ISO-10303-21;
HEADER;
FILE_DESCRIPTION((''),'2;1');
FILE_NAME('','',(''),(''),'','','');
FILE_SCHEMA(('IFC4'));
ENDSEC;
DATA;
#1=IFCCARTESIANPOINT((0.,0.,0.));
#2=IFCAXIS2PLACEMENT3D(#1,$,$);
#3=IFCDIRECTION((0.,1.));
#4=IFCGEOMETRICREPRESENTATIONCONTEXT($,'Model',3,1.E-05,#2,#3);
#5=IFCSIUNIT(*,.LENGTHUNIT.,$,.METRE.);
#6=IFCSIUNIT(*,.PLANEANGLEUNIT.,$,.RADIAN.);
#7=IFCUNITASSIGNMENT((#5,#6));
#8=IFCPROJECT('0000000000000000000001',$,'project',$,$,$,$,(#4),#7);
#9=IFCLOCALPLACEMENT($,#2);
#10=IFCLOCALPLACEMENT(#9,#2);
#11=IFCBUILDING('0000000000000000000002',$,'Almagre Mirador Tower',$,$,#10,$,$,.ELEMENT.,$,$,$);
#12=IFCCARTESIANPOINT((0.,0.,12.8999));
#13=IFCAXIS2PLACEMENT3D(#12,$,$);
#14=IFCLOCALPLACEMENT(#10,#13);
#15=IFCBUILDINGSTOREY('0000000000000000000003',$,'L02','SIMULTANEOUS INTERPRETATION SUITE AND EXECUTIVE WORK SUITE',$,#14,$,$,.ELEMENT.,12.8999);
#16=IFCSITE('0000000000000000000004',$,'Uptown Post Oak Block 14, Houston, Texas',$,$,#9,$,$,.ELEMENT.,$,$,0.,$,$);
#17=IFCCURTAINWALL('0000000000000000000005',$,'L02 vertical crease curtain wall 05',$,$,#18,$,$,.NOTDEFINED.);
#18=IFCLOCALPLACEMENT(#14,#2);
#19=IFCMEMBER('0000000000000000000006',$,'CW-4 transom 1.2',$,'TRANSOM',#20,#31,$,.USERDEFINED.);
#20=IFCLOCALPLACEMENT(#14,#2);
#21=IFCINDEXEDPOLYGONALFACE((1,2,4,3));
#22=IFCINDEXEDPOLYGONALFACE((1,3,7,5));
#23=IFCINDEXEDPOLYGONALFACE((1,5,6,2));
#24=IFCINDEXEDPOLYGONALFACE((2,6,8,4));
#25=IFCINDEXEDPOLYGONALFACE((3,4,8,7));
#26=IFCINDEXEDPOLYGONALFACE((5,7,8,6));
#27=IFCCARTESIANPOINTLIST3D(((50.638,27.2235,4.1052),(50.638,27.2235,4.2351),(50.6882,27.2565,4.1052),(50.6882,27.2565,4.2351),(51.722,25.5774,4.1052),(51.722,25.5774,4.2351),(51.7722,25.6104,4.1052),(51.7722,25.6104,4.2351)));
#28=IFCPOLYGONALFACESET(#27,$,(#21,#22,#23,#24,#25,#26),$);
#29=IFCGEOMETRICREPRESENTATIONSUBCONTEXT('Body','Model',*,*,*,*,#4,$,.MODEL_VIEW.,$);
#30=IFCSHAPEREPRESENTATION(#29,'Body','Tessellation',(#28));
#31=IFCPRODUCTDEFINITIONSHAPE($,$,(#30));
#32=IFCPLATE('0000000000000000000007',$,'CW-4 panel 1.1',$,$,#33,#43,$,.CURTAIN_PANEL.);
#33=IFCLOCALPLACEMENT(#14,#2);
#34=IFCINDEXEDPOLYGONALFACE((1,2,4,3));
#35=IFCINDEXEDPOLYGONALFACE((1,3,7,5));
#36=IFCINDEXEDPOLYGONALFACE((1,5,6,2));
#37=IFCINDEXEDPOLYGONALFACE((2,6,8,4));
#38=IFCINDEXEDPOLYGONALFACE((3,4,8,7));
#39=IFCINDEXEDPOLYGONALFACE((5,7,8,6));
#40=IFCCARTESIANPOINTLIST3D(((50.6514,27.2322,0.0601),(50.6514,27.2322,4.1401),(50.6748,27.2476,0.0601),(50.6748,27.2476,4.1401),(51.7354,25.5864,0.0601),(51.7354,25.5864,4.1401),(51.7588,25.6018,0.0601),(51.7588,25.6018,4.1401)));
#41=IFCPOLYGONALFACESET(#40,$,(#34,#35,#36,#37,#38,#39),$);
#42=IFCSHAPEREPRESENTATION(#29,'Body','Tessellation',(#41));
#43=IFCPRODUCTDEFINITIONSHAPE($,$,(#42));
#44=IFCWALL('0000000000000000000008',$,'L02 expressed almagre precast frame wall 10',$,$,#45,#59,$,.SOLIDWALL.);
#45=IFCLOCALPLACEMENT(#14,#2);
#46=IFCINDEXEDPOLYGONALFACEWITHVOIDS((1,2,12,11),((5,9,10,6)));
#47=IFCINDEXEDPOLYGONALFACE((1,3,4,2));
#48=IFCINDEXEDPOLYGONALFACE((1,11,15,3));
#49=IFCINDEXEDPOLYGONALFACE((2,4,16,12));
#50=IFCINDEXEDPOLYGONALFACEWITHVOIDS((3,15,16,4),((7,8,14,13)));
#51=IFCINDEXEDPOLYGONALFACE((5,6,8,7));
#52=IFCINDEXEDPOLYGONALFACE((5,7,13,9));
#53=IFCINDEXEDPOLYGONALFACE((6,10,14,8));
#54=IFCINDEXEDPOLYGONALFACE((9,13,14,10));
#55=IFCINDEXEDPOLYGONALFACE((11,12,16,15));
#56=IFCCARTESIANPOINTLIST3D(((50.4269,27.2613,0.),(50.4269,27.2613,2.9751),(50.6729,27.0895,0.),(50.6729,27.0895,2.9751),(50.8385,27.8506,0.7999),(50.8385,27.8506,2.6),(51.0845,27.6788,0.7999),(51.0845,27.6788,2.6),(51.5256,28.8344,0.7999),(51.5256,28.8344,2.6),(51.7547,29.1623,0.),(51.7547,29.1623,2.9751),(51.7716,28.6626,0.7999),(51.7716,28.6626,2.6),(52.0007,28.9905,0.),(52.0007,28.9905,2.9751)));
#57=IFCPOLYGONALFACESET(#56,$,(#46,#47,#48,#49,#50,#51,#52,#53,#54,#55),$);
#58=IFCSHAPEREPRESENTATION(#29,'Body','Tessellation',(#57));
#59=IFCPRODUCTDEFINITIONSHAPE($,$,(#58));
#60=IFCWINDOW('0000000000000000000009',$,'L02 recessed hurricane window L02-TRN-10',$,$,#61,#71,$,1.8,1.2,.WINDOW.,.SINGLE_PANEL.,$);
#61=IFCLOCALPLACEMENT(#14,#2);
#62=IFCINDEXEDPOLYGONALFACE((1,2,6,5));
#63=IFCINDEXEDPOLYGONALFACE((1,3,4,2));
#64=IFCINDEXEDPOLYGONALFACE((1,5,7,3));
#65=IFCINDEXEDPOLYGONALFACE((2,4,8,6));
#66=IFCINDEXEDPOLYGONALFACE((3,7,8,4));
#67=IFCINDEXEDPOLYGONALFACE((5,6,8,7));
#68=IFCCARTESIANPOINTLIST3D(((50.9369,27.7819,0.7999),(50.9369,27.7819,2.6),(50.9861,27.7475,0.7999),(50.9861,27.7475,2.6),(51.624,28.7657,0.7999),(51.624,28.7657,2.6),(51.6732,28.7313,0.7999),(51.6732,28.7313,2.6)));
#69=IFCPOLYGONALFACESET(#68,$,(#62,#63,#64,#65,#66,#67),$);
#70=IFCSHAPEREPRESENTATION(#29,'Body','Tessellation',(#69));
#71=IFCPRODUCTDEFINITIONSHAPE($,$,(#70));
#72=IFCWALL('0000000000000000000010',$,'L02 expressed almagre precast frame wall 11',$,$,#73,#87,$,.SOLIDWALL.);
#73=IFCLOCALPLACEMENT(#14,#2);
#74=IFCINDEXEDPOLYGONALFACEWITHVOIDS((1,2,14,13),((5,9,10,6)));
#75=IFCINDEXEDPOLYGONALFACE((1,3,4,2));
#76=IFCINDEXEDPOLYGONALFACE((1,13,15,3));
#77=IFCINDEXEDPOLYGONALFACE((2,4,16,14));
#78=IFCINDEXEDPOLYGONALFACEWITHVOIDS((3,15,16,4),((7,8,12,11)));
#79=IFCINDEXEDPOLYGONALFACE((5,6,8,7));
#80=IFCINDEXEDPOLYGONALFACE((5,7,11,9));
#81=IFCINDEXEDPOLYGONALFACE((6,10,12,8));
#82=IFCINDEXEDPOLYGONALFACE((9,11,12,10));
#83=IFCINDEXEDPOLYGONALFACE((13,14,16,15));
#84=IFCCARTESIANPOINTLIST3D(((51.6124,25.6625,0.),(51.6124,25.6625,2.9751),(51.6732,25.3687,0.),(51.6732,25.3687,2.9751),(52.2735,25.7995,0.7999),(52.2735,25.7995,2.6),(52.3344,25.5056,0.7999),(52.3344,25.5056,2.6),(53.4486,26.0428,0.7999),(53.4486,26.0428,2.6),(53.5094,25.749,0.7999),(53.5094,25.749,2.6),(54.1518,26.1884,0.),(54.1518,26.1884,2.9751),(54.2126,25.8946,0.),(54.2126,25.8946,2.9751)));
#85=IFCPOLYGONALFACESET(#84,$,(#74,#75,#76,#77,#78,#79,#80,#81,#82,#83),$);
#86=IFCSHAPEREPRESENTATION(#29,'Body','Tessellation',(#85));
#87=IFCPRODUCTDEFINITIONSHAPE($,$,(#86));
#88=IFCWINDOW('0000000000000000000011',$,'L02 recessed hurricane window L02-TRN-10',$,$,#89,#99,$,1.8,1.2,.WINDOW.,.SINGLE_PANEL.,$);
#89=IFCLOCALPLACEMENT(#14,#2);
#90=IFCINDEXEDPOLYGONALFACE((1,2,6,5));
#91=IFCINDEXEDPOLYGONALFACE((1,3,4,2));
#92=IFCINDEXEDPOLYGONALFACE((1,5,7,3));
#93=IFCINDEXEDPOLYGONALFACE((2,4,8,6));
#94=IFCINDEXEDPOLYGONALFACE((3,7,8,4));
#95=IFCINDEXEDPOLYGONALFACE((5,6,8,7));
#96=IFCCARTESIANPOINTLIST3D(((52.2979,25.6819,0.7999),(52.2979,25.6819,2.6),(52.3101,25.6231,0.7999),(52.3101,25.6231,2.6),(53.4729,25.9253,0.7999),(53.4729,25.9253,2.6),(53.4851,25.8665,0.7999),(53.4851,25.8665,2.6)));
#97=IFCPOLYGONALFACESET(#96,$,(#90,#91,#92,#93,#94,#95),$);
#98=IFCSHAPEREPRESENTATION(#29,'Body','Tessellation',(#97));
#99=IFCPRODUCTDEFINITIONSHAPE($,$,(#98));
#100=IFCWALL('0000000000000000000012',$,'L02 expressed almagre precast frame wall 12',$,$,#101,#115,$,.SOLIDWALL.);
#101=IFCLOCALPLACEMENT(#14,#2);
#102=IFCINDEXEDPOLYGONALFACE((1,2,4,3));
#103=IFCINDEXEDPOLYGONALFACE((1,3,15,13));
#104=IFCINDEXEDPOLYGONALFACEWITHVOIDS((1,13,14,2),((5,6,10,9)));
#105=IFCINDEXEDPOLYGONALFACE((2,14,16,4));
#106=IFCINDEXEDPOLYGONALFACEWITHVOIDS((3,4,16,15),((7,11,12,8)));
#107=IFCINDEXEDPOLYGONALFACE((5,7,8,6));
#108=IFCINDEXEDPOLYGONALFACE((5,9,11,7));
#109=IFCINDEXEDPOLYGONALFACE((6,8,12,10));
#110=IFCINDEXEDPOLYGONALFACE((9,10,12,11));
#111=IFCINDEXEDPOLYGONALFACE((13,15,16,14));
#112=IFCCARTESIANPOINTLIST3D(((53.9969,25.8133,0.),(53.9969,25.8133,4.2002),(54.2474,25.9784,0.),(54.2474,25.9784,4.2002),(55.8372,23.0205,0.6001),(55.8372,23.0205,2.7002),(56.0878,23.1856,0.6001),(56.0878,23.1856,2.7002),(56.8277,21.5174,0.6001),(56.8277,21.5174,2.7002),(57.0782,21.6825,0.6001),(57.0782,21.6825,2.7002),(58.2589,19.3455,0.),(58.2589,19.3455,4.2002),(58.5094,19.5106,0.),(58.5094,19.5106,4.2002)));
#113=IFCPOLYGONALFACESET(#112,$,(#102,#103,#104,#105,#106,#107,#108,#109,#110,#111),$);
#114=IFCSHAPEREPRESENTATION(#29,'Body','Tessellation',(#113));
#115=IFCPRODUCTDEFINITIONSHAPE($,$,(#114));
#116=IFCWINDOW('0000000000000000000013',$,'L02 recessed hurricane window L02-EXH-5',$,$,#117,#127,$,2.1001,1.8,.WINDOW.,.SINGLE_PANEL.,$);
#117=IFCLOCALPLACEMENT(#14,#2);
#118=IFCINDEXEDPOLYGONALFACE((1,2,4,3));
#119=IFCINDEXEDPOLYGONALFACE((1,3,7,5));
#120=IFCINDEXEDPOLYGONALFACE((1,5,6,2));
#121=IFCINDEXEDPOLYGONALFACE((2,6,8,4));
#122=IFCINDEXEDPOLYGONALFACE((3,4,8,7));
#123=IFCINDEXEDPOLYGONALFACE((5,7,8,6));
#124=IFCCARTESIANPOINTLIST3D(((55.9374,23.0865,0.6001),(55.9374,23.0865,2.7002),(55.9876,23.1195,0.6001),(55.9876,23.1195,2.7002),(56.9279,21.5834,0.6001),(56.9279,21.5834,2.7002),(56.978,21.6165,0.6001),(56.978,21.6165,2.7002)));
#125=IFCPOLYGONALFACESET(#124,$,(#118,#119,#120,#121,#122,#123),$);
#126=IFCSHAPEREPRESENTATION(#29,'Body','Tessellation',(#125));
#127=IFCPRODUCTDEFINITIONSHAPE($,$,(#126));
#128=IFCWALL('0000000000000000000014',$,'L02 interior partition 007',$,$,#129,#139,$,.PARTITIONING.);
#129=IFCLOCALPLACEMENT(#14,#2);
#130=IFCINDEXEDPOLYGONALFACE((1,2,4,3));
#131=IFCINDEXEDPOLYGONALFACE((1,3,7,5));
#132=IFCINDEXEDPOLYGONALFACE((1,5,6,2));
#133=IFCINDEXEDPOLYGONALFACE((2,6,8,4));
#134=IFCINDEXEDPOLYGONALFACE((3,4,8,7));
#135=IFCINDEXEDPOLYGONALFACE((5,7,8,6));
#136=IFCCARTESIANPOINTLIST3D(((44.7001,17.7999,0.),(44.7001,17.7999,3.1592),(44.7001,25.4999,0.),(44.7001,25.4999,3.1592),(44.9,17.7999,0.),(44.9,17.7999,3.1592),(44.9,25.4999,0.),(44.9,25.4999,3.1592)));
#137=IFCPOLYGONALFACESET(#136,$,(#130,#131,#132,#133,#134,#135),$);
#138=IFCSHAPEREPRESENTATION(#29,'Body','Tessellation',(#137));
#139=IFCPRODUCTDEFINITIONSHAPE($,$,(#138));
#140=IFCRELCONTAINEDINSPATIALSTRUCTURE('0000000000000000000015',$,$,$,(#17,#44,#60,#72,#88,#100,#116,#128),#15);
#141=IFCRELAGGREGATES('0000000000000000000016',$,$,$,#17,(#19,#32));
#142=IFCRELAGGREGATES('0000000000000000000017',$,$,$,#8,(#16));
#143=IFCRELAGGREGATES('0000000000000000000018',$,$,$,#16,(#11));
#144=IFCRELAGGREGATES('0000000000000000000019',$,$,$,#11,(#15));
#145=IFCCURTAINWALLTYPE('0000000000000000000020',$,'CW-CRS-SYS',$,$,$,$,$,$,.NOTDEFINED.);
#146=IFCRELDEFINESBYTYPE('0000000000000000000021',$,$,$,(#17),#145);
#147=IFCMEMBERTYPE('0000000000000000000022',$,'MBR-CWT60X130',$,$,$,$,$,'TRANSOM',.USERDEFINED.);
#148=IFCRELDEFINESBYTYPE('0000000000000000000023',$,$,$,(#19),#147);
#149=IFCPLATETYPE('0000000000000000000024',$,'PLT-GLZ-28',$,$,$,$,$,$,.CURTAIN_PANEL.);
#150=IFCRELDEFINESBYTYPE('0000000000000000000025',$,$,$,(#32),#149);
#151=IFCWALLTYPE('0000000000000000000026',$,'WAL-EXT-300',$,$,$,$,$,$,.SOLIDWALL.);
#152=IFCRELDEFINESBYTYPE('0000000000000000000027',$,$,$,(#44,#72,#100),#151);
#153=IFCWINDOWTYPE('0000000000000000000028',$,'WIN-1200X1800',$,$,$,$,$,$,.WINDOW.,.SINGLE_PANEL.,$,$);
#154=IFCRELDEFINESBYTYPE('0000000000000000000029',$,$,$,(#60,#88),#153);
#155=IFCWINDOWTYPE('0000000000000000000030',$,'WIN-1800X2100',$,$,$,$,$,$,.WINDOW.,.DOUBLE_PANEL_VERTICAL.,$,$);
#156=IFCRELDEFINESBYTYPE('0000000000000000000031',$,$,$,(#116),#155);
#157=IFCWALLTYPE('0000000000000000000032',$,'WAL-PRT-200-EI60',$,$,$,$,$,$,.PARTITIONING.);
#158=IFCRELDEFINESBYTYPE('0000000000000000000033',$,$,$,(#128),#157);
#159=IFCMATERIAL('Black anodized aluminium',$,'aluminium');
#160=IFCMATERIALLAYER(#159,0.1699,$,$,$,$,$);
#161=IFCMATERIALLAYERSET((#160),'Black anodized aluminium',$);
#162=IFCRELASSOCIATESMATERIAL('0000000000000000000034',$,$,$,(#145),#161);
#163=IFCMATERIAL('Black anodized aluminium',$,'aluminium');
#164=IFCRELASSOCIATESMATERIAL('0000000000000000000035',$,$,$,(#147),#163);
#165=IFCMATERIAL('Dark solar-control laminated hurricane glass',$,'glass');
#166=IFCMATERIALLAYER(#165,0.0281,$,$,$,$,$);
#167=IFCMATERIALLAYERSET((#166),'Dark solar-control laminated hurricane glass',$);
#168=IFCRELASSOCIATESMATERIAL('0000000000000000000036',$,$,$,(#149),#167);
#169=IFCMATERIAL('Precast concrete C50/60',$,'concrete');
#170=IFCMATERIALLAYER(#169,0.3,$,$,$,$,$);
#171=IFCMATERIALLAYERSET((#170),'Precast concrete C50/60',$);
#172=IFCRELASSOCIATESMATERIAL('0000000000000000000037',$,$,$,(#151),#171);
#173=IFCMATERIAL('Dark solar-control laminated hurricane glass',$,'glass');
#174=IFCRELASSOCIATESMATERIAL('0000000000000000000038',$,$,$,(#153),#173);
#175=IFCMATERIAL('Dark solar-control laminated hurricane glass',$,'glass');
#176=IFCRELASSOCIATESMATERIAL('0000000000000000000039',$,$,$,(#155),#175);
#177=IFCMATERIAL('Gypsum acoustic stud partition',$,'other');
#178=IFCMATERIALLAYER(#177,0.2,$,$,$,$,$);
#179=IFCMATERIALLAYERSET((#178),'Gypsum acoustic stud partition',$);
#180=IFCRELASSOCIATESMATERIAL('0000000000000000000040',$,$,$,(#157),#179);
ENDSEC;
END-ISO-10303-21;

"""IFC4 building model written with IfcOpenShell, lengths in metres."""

from ifc_helpers import new_model, si_unit, direction, frame, frame_2d, origin, origin_2d, place, context, subcontext, project, spatial, rectangle, extrude, material, layer, layer_set, material_profile, profile_set, type_object, element, fill, aggregate, save


model = new_model("IFC4")

# Units and contexts
model_context = context("Model", 3, precision=1e-05, world=origin(), true_north=direction((0.0, 1.0)))
body_context = subcontext(model_context, "Body", "Model", "MODEL_VIEW")
ifc_project = project(units=[si_unit("LENGTHUNIT", "METRE"), si_unit("PLANEANGLEUNIT", "RADIAN")], contexts=[model_context])

# Site, building, storey
site_placement = place(None, origin())
site = spatial("IfcSite", under=ifc_project, at=site_placement, Name="Uptown Post Oak Block 14, Houston, Texas", CompositionType="ELEMENT", RefElevation=0.0)
building_placement = place(site_placement, origin())
building = spatial("IfcBuilding", under=site, at=building_placement, Name="Almagre Mirador Tower", CompositionType="ELEMENT")
storey_placement = place(building_placement, frame((0.0, 0.0, 12.8999)))
storey = spatial("IfcBuildingStorey", under=building, at=storey_placement, Name="L02", Description="SIMULTANEOUS INTERPRETATION SUITE AND EXECUTIVE WORK SUITE", CompositionType="ELEMENT", Elevation=12.8999)

# Curtain wall, member, plate
ifc_material_1 = material(Name="Black anodized aluminium", Category="aluminium")
ifc_layer_1 = layer(ifc_material_1, 0.1699)
ifc_layer_set_1 = layer_set([ifc_layer_1], Name="Black anodized aluminium")
curtain_wall_type = type_object("IfcCurtainWallType", Name="CW-CRS-SYS", PredefinedType="NOTDEFINED", material=ifc_layer_set_1)
curtain_wall_placement = place(storey_placement, origin())
curtain_wall = element("IfcCurtainWall", 1, at=curtain_wall_placement, inside=storey, type_object=curtain_wall_type, Name="L02 vertical crease curtain wall 05", PredefinedType="NOTDEFINED")
ifc_material_2 = material(Name="Black anodized aluminium", Category="aluminium")
ifc_material_profile_1 = material_profile(ifc_material_2, rectangle(XDim=0.0601, YDim=0.1299, at=origin_2d()), Name="CWT60X130")
ifc_profile_set_1 = profile_set([ifc_material_profile_1], Name="Black anodized aluminium")
member_type_1 = type_object("IfcMemberType", Name="MBR-CWT60X130", ElementType="TRANSOM", PredefinedType="USERDEFINED", material=ifc_profile_set_1)
member_1_placement = place(storey_placement, frame((50.6631, 27.24, 4.1702), z_axis=(0.550003, -0.835163, 0.0), x_axis=(0.835163, 0.550003, 0.0)))
member_1 = element("IfcMember", 2, at=member_1_placement, type_object=member_type_1, Name="CW-4 transom 1.2", ObjectType="TRANSOM", PredefinedType="USERDEFINED", context=body_context, shape_type="SweptSolid", body=[
    extrude(rectangle(XDim=0.0601, YDim=0.1299, at=origin_2d()), origin(), (0.0, 0.0, 1.0), 1.9709),
])
ifc_material_3 = material(Name="Dark solar-control laminated hurricane glass", Category="glass")
ifc_layer_2 = layer(ifc_material_3, 0.0281)
ifc_layer_set_2 = layer_set([ifc_layer_2], Name="Dark solar-control laminated hurricane glass")
plate_type = type_object("IfcPlateType", Name="PLT-GLZ-28", PredefinedType="CURTAIN_PANEL", material=ifc_layer_set_2)
plate_placement = place(storey_placement, frame((51.2051, 26.417, 0.0601), z_axis=(0.0, 0.0, 1.0), x_axis=(0.550056, -0.835128, 0.0)))
plate = element("IfcPlate", 3, at=plate_placement, type_object=plate_type, Name="CW-4 panel 1.1", PredefinedType="CURTAIN_PANEL", context=body_context, shape_type="SweptSolid", body=[
    extrude(rectangle(XDim=1.9707, YDim=0.0281, at=origin_2d()), origin(), (0.0, 0.0, 1.0), 4.0801),
])
aggregate(curtain_wall, [member_1, plate])

# Walls, openings, windows
ifc_material_4 = material(Name="Precast concrete C50/60", Category="concrete")
ifc_layer_3 = layer(ifc_material_4, 0.3)
ifc_layer_set_3 = layer_set([ifc_layer_3], Name="Precast concrete C50/60")
wall_type_1 = type_object("IfcWallType", Name="WAL-EXT-300", PredefinedType="SOLIDWALL", material=ifc_layer_set_3)
wall_1_placement = place(storey_placement, frame((51.8777, 29.0764, 0.0), z_axis=(0.0, 0.0, 1.0), x_axis=(-0.572621, -0.81982, 0.0)))
wall_1 = element("IfcWall", 4, at=wall_1_placement, inside=storey, type_object=wall_type_1, Name="L02 expressed almagre precast frame wall 10", PredefinedType="SOLIDWALL", context=body_context, shape_type="SweptSolid", body=[
    extrude(rectangle(XDim=2.3188, YDim=0.3, at=frame_2d((1.1594, 0.0))), origin(), (0.0, 0.0, 1.0), 2.9751),
])
opening_1_placement = place(wall_1_placement, frame((0.3999, 0.0, 0.8)))
opening_1 = element("IfcOpeningElement", 5, at=opening_1_placement, cuts=wall_1, PredefinedType="OPENING", context=body_context, shape_type="SweptSolid", body=[
    extrude(rectangle(XDim=1.2, YDim=1.8, at=frame_2d((0.6001, 0.8999))), frame((0.0, 0.1599, 0.0), z_axis=(0.0, -1.0, 0.0), x_axis=(1.0, 0.0, 0.0)), (0.0, 0.0, 1.0), 0.32),
])
ifc_material_5 = material(Name="Dark solar-control laminated hurricane glass", Category="glass")
window_type_1 = type_object("IfcWindowType", Name="WIN-1200X1800", PartitioningType="SINGLE_PANEL", PredefinedType="WINDOW", material=ifc_material_5)
window_1_placement = place(opening_1_placement, origin())
window_1 = element("IfcWindow", 6, at=window_1_placement, inside=storey, type_object=window_type_1, Name="L02 recessed hurricane window L02-TRN-10", OverallHeight=1.8, OverallWidth=1.2, PartitioningType="SINGLE_PANEL", PredefinedType="WINDOW", context=body_context, shape_type="SweptSolid", body=[
    extrude(rectangle(XDim=1.2, YDim=1.8, at=frame_2d((0.6001, 0.8999))), frame((0.0, 0.03, 0.0), z_axis=(0.0, -1.0, 0.0), x_axis=(1.0, 0.0, 0.0)), (0.0, 0.0, 1.0), 0.0601),
])
fill(opening_1, window_1)
wall_2_placement = place(storey_placement, frame((51.6428, 25.5156, 0.0), z_axis=(0.0, 0.0, 1.0), x_axis=(0.979222, 0.202792, 0.0)))
wall_2 = element("IfcWall", 7, at=wall_2_placement, inside=storey, type_object=wall_type_1, Name="L02 expressed almagre precast frame wall 11", PredefinedType="SOLIDWALL", context=body_context, shape_type="SweptSolid", body=[
    extrude(rectangle(XDim=2.5933, YDim=0.3, at=frame_2d((1.2966, 0.0))), origin(), (0.0, 0.0, 1.0), 2.9751),
])
opening_2_placement = place(wall_2_placement, frame((0.675, 0.0, 0.8)))
opening_2 = element("IfcOpeningElement", 8, at=opening_2_placement, cuts=wall_2, PredefinedType="OPENING", context=body_context, shape_type="SweptSolid", body=[
    extrude(rectangle(XDim=1.2, YDim=1.8, at=frame_2d((0.6001, 0.8999))), frame((0.0, 0.1599, 0.0), z_axis=(0.0, -1.0, 0.0), x_axis=(1.0, 0.0, 0.0)), (0.0, 0.0, 1.0), 0.32),
])
window_2_placement = place(opening_2_placement, origin())
window_2 = element("IfcWindow", 9, at=window_2_placement, inside=storey, type_object=window_type_1, Name="L02 recessed hurricane window L02-TRN-10", OverallHeight=1.8, OverallWidth=1.2, PartitioningType="SINGLE_PANEL", PredefinedType="WINDOW", context=body_context, shape_type="SweptSolid", body=[
    extrude(rectangle(XDim=1.2, YDim=1.8, at=frame_2d((0.6001, 0.8999))), frame((0.0, 0.03, 0.0), z_axis=(0.0, -1.0, 0.0), x_axis=(1.0, 0.0, 0.0)), (0.0, 0.0, 1.0), 0.0601),
])
fill(opening_2, window_2)
wall_3_placement = place(storey_placement, frame((54.1221, 25.896, 0.0), z_axis=(0.0, 0.0, 1.0), x_axis=(0.550233, -0.835011, 0.0)))
wall_3 = element("IfcWall", 10, at=wall_3_placement, inside=storey, type_object=wall_type_1, Name="L02 expressed almagre precast frame wall 12", PredefinedType="SOLIDWALL", context=body_context, shape_type="SweptSolid", body=[
    extrude(rectangle(XDim=7.7458, YDim=0.3, at=frame_2d((3.873, 0.0))), origin(), (0.0, 0.0, 1.0), 4.2002),
])
opening_3_placement = place(wall_3_placement, frame((3.345, 0.0, 0.6001)))
opening_3 = element("IfcOpeningElement", 11, at=opening_3_placement, cuts=wall_3, PredefinedType="OPENING", context=body_context, shape_type="SweptSolid", body=[
    extrude(rectangle(XDim=1.8, YDim=2.1001, at=frame_2d((0.8999, 1.05))), frame((0.0, 0.1599, 0.0), z_axis=(0.0, -1.0, 0.0), x_axis=(1.0, 0.0, 0.0)), (0.0, 0.0, 1.0), 0.32),
])
ifc_material_6 = material(Name="Dark solar-control laminated hurricane glass", Category="glass")
window_type_2 = type_object("IfcWindowType", Name="WIN-1800X2100", PartitioningType="DOUBLE_PANEL_VERTICAL", PredefinedType="WINDOW", material=ifc_material_6)
window_3_placement = place(opening_3_placement, origin())
window_3 = element("IfcWindow", 12, at=window_3_placement, inside=storey, type_object=window_type_2, Name="L02 recessed hurricane window L02-EXH-5", OverallHeight=2.1001, OverallWidth=1.8, PartitioningType="SINGLE_PANEL", PredefinedType="WINDOW", context=body_context, shape_type="SweptSolid", body=[
    extrude(rectangle(XDim=1.8, YDim=2.1001, at=frame_2d((0.8999, 1.05))), frame((0.0, 0.03, 0.0), z_axis=(0.0, -1.0, 0.0), x_axis=(1.0, 0.0, 0.0)), (0.0, 0.0, 1.0), 0.0601),
])
fill(opening_3, window_3)

# Wall
ifc_material_7 = material(Name="Gypsum acoustic stud partition", Category="other")
ifc_layer_4 = layer(ifc_material_7, 0.2)
ifc_layer_set_4 = layer_set([ifc_layer_4], Name="Gypsum acoustic stud partition")
wall_type_2 = type_object("IfcWallType", Name="WAL-PRT-200-EI60", PredefinedType="PARTITIONING", material=ifc_layer_set_4)
wall_4_placement = place(storey_placement, frame((44.8, 25.5, 0.0), z_axis=(0.0, 0.0, 1.0), x_axis=(0.0, -1.0, 0.0)))
element("IfcWall", 13, at=wall_4_placement, inside=storey, type_object=wall_type_2, Name="L02 interior partition 007", PredefinedType="PARTITIONING", context=body_context, shape_type="SweptSolid", body=[
    extrude(rectangle(XDim=7.7, YDim=0.2, at=frame_2d((3.8501, 0.0))), origin(), (0.0, 0.0, 1.0), 3.1592),
])

save(model, "model.ifc")
